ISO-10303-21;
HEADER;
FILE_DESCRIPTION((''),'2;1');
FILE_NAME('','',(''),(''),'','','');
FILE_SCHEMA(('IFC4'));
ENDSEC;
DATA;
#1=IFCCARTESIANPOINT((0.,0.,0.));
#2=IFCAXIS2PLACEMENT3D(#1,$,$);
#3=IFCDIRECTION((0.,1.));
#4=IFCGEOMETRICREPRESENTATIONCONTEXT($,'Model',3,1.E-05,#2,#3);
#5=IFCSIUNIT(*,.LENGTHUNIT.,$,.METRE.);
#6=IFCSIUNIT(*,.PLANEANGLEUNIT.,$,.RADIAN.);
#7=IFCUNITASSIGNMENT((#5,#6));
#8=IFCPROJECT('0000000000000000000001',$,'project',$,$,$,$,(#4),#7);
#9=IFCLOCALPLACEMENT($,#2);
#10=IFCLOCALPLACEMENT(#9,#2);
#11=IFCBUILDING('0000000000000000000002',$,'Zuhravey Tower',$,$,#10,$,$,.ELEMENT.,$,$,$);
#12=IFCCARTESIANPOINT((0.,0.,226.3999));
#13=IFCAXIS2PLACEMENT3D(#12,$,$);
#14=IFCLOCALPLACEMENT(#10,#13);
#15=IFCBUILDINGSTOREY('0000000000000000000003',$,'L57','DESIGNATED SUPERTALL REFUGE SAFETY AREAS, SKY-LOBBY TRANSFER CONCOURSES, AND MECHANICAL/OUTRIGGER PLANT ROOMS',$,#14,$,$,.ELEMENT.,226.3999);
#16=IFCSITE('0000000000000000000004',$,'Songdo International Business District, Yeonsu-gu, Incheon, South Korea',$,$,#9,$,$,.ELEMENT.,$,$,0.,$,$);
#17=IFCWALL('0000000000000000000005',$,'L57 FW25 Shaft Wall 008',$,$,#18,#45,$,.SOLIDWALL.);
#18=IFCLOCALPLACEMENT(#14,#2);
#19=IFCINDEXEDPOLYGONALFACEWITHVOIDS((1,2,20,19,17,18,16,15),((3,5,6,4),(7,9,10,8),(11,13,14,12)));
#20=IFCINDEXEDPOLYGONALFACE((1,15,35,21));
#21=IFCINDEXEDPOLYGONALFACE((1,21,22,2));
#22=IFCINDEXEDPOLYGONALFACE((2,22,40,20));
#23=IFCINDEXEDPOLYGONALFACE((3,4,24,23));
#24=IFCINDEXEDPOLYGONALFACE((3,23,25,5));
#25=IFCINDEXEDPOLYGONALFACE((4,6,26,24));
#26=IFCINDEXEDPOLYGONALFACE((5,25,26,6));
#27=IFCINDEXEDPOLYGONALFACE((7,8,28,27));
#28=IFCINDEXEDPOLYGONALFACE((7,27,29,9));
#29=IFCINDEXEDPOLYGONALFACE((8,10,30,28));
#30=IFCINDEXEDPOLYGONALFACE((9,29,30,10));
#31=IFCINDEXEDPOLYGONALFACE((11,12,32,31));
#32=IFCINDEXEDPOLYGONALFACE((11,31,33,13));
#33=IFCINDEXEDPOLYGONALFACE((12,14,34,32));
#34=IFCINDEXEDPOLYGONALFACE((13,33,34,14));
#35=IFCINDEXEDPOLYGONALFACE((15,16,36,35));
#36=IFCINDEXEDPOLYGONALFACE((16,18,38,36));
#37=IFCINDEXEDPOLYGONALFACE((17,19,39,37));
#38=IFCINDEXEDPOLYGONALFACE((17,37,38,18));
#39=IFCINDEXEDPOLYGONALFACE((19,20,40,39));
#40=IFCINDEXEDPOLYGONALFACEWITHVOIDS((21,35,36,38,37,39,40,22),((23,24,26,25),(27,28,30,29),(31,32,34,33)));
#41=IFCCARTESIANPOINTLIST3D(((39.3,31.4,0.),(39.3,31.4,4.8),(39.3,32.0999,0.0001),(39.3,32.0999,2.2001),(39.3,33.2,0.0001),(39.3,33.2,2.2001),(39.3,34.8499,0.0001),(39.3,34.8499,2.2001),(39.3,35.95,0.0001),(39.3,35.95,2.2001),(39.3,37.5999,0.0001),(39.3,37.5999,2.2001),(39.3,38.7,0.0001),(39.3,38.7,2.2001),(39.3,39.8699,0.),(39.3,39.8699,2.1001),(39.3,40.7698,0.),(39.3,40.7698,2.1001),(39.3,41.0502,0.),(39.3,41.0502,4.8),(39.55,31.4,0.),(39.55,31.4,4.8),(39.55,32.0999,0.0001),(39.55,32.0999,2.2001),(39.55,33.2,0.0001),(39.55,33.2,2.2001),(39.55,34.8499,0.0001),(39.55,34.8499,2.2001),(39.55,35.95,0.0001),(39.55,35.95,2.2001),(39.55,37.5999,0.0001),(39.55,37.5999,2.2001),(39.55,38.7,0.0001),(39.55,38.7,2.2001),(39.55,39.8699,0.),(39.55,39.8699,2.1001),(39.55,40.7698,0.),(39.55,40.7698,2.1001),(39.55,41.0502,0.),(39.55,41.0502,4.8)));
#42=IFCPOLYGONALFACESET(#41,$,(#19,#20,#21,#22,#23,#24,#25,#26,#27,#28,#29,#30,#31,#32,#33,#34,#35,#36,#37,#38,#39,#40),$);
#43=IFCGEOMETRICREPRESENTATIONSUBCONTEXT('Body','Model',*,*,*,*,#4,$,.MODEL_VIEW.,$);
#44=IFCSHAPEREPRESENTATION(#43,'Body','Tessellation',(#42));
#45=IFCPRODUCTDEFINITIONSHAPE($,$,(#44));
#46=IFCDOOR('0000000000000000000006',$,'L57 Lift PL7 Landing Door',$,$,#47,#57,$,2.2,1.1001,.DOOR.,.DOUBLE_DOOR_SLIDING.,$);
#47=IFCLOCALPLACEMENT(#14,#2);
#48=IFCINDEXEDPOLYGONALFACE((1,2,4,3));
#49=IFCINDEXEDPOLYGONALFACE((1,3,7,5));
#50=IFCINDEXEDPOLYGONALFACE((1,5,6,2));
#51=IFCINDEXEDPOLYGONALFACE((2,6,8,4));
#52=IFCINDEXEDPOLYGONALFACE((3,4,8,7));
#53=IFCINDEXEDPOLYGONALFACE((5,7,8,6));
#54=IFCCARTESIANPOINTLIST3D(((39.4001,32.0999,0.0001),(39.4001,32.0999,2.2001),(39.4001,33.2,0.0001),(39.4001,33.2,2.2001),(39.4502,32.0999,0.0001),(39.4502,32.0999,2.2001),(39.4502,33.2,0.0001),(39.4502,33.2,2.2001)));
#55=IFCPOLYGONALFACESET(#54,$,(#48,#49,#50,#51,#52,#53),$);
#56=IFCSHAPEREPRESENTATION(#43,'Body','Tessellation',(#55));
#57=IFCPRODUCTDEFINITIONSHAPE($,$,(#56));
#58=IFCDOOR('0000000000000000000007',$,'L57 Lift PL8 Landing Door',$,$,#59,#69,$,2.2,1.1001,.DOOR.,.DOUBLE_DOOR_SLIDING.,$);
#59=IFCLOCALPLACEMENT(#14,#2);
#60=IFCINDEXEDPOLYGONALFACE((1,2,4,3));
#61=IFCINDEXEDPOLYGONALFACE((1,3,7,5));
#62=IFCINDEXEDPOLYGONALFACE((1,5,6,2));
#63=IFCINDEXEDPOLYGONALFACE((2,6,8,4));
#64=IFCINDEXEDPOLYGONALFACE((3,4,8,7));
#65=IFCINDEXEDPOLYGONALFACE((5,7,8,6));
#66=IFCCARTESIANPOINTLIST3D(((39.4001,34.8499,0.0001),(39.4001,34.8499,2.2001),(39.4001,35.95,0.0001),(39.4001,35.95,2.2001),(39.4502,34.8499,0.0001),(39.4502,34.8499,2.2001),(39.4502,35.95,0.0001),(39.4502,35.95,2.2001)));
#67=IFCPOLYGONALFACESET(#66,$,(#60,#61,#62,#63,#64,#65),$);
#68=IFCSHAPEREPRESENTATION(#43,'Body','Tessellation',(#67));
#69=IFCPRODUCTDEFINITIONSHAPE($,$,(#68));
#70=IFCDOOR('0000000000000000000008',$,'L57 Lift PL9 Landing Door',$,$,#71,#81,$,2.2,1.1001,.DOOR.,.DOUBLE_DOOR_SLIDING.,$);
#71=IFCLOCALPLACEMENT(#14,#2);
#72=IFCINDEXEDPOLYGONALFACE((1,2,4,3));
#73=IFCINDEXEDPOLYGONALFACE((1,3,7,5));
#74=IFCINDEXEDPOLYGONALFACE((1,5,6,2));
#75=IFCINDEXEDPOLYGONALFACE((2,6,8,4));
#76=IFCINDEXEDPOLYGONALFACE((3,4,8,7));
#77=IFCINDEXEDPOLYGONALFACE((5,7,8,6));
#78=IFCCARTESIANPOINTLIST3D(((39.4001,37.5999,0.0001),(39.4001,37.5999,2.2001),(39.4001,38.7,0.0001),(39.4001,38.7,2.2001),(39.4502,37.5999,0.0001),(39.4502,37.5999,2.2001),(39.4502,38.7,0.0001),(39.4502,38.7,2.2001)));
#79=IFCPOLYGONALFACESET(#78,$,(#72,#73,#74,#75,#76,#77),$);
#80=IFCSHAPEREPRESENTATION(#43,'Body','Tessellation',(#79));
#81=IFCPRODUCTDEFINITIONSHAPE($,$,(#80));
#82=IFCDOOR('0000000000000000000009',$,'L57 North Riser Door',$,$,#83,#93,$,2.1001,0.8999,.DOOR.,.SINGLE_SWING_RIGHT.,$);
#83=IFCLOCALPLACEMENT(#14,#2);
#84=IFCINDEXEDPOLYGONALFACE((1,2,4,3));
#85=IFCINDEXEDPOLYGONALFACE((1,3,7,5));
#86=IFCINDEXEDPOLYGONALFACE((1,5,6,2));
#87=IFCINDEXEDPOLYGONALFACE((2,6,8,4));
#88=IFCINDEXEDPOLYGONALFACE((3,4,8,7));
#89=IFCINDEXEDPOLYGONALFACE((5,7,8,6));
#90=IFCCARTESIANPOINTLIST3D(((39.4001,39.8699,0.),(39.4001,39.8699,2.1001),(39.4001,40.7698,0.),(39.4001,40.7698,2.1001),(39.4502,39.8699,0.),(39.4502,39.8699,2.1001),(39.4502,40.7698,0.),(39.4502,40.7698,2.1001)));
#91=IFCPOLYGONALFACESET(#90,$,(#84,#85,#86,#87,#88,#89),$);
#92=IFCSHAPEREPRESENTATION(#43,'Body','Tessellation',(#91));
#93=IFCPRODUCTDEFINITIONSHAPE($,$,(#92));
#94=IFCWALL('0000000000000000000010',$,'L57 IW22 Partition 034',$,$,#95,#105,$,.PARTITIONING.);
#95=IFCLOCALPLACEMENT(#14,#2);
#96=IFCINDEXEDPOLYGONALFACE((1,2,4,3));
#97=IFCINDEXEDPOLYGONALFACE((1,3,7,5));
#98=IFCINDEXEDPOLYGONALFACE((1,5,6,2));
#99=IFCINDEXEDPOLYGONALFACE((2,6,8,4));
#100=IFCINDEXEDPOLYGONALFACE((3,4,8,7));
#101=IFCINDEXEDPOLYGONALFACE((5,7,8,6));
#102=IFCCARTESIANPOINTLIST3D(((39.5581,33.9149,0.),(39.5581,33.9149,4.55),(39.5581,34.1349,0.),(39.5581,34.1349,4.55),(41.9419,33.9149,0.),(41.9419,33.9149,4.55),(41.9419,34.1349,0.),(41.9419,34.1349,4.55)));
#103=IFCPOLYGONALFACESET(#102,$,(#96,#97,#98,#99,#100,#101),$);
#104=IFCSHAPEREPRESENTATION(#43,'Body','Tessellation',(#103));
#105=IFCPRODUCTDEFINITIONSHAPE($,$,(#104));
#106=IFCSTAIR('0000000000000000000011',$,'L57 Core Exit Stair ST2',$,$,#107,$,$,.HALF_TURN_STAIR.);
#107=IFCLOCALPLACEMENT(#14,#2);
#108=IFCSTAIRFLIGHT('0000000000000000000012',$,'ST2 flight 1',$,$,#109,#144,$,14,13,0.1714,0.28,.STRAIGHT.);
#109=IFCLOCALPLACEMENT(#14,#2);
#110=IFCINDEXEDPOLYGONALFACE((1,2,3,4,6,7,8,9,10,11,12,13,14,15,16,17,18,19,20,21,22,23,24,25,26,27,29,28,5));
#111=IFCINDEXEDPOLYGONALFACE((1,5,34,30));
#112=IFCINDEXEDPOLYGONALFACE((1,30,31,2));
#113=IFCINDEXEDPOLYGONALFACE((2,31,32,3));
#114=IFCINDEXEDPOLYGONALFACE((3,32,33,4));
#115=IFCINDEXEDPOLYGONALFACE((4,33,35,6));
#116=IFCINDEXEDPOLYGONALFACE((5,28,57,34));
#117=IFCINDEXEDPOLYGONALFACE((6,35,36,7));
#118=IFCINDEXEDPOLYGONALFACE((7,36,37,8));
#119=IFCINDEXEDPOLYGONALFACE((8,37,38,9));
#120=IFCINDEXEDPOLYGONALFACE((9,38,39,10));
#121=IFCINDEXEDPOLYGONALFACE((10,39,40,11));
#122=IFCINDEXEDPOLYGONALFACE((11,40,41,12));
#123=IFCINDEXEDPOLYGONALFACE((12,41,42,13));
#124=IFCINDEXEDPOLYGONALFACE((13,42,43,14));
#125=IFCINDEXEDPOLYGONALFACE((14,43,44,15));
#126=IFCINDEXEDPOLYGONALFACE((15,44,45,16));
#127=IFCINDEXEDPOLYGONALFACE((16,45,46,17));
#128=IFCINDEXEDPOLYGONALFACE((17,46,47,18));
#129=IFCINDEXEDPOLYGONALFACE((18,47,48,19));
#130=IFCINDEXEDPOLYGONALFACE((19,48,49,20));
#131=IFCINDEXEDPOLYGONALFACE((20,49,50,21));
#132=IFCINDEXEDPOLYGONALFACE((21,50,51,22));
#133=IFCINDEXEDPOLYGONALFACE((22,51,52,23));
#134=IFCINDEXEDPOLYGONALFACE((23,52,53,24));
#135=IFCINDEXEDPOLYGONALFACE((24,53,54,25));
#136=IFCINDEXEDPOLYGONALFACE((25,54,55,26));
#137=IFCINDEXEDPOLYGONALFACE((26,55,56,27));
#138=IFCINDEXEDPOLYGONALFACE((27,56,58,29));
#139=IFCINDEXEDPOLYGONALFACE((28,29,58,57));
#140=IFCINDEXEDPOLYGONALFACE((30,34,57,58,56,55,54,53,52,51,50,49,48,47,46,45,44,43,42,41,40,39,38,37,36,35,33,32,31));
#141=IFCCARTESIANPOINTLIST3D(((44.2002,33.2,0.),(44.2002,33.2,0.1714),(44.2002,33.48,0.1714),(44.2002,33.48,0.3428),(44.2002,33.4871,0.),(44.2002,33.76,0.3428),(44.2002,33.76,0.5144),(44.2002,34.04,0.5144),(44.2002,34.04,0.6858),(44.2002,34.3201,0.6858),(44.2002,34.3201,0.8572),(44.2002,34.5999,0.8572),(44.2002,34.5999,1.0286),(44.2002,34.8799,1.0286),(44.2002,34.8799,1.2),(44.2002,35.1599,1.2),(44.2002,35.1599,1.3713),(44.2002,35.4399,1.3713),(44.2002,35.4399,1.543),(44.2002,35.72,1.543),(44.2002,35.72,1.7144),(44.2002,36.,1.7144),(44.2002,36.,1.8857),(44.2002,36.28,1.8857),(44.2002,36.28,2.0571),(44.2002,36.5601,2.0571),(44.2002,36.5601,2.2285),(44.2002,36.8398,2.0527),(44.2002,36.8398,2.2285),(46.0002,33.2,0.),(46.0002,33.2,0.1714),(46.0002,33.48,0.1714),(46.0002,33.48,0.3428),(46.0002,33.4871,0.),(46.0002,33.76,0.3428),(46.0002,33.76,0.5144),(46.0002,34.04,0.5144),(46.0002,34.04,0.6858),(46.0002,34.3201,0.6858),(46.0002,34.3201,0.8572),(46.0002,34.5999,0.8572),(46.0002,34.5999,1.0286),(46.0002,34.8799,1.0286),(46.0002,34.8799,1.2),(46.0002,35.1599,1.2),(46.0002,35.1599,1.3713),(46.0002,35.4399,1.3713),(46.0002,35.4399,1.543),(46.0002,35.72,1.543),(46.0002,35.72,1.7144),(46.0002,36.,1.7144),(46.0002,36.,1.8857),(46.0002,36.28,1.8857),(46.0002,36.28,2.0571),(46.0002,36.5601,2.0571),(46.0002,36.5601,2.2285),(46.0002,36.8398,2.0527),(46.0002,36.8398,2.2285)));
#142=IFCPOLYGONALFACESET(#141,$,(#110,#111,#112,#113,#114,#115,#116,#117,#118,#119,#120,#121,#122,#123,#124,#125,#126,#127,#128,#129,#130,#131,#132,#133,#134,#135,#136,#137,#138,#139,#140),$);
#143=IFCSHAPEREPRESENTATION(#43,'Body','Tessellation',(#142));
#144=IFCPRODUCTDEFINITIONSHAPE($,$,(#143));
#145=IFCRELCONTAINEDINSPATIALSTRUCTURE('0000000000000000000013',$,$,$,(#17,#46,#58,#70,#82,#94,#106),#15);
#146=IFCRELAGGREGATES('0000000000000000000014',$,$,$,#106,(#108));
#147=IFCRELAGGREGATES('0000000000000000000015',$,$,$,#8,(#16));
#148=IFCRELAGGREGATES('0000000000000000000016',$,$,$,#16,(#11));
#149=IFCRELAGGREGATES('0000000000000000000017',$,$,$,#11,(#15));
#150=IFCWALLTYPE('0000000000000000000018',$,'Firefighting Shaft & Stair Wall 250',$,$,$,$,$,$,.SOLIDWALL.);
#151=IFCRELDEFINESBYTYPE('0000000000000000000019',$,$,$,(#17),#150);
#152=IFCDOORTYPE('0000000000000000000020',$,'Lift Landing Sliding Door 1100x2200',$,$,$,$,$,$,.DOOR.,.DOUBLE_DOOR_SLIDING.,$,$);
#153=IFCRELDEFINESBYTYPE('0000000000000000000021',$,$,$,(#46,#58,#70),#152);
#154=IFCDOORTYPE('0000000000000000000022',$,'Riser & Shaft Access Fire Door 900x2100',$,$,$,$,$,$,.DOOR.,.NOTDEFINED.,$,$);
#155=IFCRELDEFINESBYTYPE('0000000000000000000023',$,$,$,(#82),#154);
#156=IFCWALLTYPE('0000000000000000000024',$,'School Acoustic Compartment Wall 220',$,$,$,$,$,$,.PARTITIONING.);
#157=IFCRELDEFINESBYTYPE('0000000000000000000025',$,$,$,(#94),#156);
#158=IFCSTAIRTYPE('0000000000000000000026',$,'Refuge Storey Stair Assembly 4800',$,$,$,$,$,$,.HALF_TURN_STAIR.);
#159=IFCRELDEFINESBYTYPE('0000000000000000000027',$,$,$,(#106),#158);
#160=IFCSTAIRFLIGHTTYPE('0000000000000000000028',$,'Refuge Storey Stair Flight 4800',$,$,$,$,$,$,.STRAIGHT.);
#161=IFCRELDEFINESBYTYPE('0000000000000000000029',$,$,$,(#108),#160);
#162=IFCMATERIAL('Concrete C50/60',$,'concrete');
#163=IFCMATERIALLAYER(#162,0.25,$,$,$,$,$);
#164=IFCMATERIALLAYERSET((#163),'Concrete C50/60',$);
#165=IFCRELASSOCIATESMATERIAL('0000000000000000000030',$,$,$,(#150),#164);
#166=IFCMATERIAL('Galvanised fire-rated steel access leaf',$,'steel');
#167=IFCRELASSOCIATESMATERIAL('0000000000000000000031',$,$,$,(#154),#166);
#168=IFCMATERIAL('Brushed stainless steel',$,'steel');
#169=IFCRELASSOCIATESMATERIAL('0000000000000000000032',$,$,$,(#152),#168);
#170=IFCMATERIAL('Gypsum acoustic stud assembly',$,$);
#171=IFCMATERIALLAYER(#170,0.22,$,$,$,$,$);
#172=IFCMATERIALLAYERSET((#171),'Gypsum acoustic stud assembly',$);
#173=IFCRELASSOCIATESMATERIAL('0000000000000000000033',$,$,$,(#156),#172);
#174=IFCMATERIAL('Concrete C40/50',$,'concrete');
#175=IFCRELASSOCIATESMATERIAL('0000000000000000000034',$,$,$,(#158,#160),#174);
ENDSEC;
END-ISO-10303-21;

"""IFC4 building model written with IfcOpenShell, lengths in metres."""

from ifc_helpers import new_model, si_unit, direction, frame, frame_2d, origin, place, context, subcontext, project, spatial, polyline, rectangle, outline, extrude, material, layer, layer_set, type_object, element, fill, aggregate, save


model = new_model("IFC4")

# Units and contexts
model_context = context("Model", 3, precision=1e-05, world=origin(), true_north=direction((0.0, 1.0)))
body_context = subcontext(model_context, "Body", "Model", "MODEL_VIEW")
ifc_project = project(units=[si_unit("LENGTHUNIT", "METRE"), si_unit("PLANEANGLEUNIT", "RADIAN")], contexts=[model_context])

# Site, building, storey
site_placement = place(None, origin())
site = spatial("IfcSite", under=ifc_project, at=site_placement, Name="Songdo International Business District, Yeonsu-gu, Incheon, South Korea", CompositionType="ELEMENT", RefElevation=0.0)
building_placement = place(site_placement, origin())
building = spatial("IfcBuilding", under=site, at=building_placement, Name="Zuhravey Tower", CompositionType="ELEMENT")
storey_placement = place(building_placement, frame((0.0, 0.0, 226.3999)))
storey = spatial("IfcBuildingStorey", under=building, at=storey_placement, Name="L57", Description="DESIGNATED SUPERTALL REFUGE SAFETY AREAS, SKY-LOBBY TRANSFER CONCOURSES, AND MECHANICAL/OUTRIGGER PLANT ROOMS", CompositionType="ELEMENT", Elevation=226.3999)

# Shared definitions
ifc_material_1 = material(Name="Concrete C50/60", Category="concrete")
ifc_layer_1 = layer(ifc_material_1, 0.25)
ifc_layer_set_1 = layer_set([ifc_layer_1], Name="Concrete C50/60")
wall_type_1 = type_object("IfcWallType", Name="Firefighting Shaft & Stair Wall 250", PredefinedType="SOLIDWALL", material=ifc_layer_set_1)

# Wall, openings, doors
ifc_material_2 = material(Name="Galvanised fire-rated steel access leaf", Category="steel")
door_type_1 = type_object("IfcDoorType", Name="Riser & Shaft Access Fire Door 900x2100", OperationType="NOTDEFINED", PredefinedType="DOOR", material=ifc_material_2)
wall_1_placement = place(storey_placement, frame((39.425, 31.3999, 0.0), z_axis=(0.0, 0.0, 1.0), x_axis=(0.0, 1.0, 0.0)))
wall_1 = element("IfcWall", 1, at=wall_1_placement, inside=storey, type_object=wall_type_1, Name="L57 FW25 Shaft Wall 008", PredefinedType="SOLIDWALL", context=body_context, shape_type="SweptSolid", body=[
    extrude(rectangle(XDim=9.6501, YDim=0.25, at=frame_2d((4.8252, 0.0))), origin(), (0.0, 0.0, 1.0), 4.8),
])
opening_1_placement = place(wall_1_placement, frame((0.7, 0.0, 0.0)))
opening_1 = element("IfcOpeningElement", 2, at=opening_1_placement, cuts=wall_1, PredefinedType="OPENING", context=body_context, shape_type="SweptSolid", body=[
    extrude(rectangle(XDim=1.1001, YDim=2.2, at=frame_2d((0.55, 1.1001))), frame((0.0, 0.137, 0.0), z_axis=(0.0, -1.0, 0.0), x_axis=(1.0, 0.0, 0.0)), (0.0, 0.0, 1.0), 0.2739),
])
opening_2_placement = place(wall_1_placement, frame((3.45, 0.0, 0.0)))
opening_2 = element("IfcOpeningElement", 3, at=opening_2_placement, cuts=wall_1, PredefinedType="OPENING", context=body_context, shape_type="SweptSolid", body=[
    extrude(rectangle(XDim=1.1001, YDim=2.2, at=frame_2d((0.55, 1.1001))), frame((0.0, 0.137, 0.0), z_axis=(0.0, -1.0, 0.0), x_axis=(1.0, 0.0, 0.0)), (0.0, 0.0, 1.0), 0.2739),
])
opening_3_placement = place(wall_1_placement, frame((6.2, 0.0, 0.0)))
opening_3 = element("IfcOpeningElement", 4, at=opening_3_placement, cuts=wall_1, PredefinedType="OPENING", context=body_context, shape_type="SweptSolid", body=[
    extrude(rectangle(XDim=1.1001, YDim=2.2, at=frame_2d((0.55, 1.1001))), frame((0.0, 0.137, 0.0), z_axis=(0.0, -1.0, 0.0), x_axis=(1.0, 0.0, 0.0)), (0.0, 0.0, 1.0), 0.2739),
])
opening_4_placement = place(wall_1_placement, frame((8.47, 0.0, 0.0)))
opening_4 = element("IfcOpeningElement", 5, at=opening_4_placement, cuts=wall_1, PredefinedType="OPENING", context=body_context, shape_type="SweptSolid", body=[
    extrude(rectangle(XDim=0.8999, YDim=2.1001, at=frame_2d((0.45, 1.05))), frame((0.0, 0.137, 0.0), z_axis=(0.0, -1.0, 0.0), x_axis=(1.0, 0.0, 0.0)), (0.0, 0.0, 1.0), 0.2739),
])
ifc_material_3 = material(Name="Brushed stainless steel", Category="steel")
door_type_2 = type_object("IfcDoorType", Name="Lift Landing Sliding Door 1100x2200", OperationType="DOUBLE_DOOR_SLIDING", PredefinedType="DOOR", material=ifc_material_3)
door_1_placement = place(opening_1_placement, origin())
door_1 = element("IfcDoor", 6, at=door_1_placement, inside=storey, type_object=door_type_2, Name="L57 Lift PL7 Landing Door", OperationType="DOUBLE_DOOR_SLIDING", OverallHeight=2.2, OverallWidth=1.1001, PredefinedType="DOOR", context=body_context, shape_type="SweptSolid", body=[
    extrude(rectangle(XDim=1.1001, YDim=2.2, at=frame_2d((0.55, 1.1001))), frame((0.0, 0.0249, 0.0), z_axis=(0.0, -1.0, 0.0), x_axis=(1.0, 0.0, 0.0)), (0.0, 0.0, 1.0), 0.05),
])
fill(opening_1, door_1)
door_2_placement = place(opening_2_placement, origin())
door_2 = element("IfcDoor", 7, at=door_2_placement, inside=storey, type_object=door_type_2, Name="L57 Lift PL8 Landing Door", OperationType="DOUBLE_DOOR_SLIDING", OverallHeight=2.2, OverallWidth=1.1001, PredefinedType="DOOR", context=body_context, shape_type="SweptSolid", body=[
    extrude(rectangle(XDim=1.1001, YDim=2.2, at=frame_2d((0.55, 1.1001))), frame((0.0, 0.0249, 0.0), z_axis=(0.0, -1.0, 0.0), x_axis=(1.0, 0.0, 0.0)), (0.0, 0.0, 1.0), 0.05),
])
fill(opening_2, door_2)
door_3_placement = place(opening_3_placement, origin())
door_3 = element("IfcDoor", 8, at=door_3_placement, inside=storey, type_object=door_type_2, Name="L57 Lift PL9 Landing Door", OperationType="DOUBLE_DOOR_SLIDING", OverallHeight=2.2, OverallWidth=1.1001, PredefinedType="DOOR", context=body_context, shape_type="SweptSolid", body=[
    extrude(rectangle(XDim=1.1001, YDim=2.2, at=frame_2d((0.55, 1.1001))), frame((0.0, 0.0249, 0.0), z_axis=(0.0, -1.0, 0.0), x_axis=(1.0, 0.0, 0.0)), (0.0, 0.0, 1.0), 0.05),
])
fill(opening_3, door_3)
door_4_placement = place(opening_4_placement, origin())
door_4 = element("IfcDoor", 9, at=door_4_placement, inside=storey, type_object=door_type_1, Name="L57 North Riser Door", OperationType="SINGLE_SWING_RIGHT", OverallHeight=2.1001, OverallWidth=0.8999, PredefinedType="DOOR", context=body_context, shape_type="SweptSolid", body=[
    extrude(rectangle(XDim=0.8999, YDim=2.1001, at=frame_2d((0.45, 1.05))), frame((0.0, 0.0249, 0.0), z_axis=(0.0, -1.0, 0.0), x_axis=(1.0, 0.0, 0.0)), (0.0, 0.0, 1.0), 0.05),
])
fill(opening_4, door_4)

# Wall
ifc_material_4 = material(Name="Gypsum acoustic stud assembly")
ifc_layer_2 = layer(ifc_material_4, 0.22)
ifc_layer_set_2 = layer_set([ifc_layer_2], Name="Gypsum acoustic stud assembly")
wall_type_2 = type_object("IfcWallType", Name="School Acoustic Compartment Wall 220", PredefinedType="PARTITIONING", material=ifc_layer_set_2)
wall_2_placement = place(storey_placement, frame((39.5581, 34.0249, 0.0), z_axis=(0.0, 0.0, 1.0), x_axis=(1.0, 0.0, 0.0)))
element("IfcWall", 10, at=wall_2_placement, inside=storey, type_object=wall_type_2, Name="L57 IW22 Partition 034", PredefinedType="PARTITIONING", context=body_context, shape_type="SweptSolid", body=[
    extrude(rectangle(XDim=2.3838, YDim=0.22, at=frame_2d((1.1919, 0.0))), origin(), (0.0, 0.0, 1.0), 4.55),
])

# Stair, stair flight
ifc_material_5 = material(Name="Concrete C40/50", Category="concrete")
stair_type = type_object("IfcStairType", Name="Refuge Storey Stair Assembly 4800", PredefinedType="HALF_TURN_STAIR", material=ifc_material_5)
stair_placement = place(storey_placement, origin())
stair = element("IfcStair", 11, at=stair_placement, inside=storey, type_object=stair_type, Name="L57 Core Exit Stair ST2", PredefinedType="HALF_TURN_STAIR")
stair_flight_type = type_object("IfcStairFlightType", Name="Refuge Storey Stair Flight 4800", PredefinedType="STRAIGHT", material=ifc_material_5)
stair_flight_placement = place(storey_placement, frame((45.1001, 33.2, 0.0), z_axis=(0.0, 0.0, 1.0), x_axis=(0.0, 1.0, 0.0)))
stair_flight = element("IfcStairFlight", 12, at=stair_flight_placement, type_object=stair_flight_type, Name="ST2 flight 1", NumberOfRisers=14, NumberOfTreads=13, PredefinedType="STRAIGHT", RiserHeight=0.1714, TreadLength=0.28, context=body_context, shape_type="SweptSolid", body=[
    extrude(outline(polyline([(0.0, 0.0), (0.0, 0.1714), (0.28, 0.1714), (0.28, 0.3428), (0.5601, 0.3428), (0.5601, 0.5144), (0.8401, 0.5144), (0.8401, 0.6858), (1.1201, 0.6858), (1.1201, 0.8572), (1.3999, 0.8572), (1.3999, 1.0286), (1.6799, 1.0286), (1.6799, 1.2), (1.96, 1.2), (1.96, 1.3713), (2.24, 1.3713), (2.24, 1.543), (2.52, 1.543), (2.52, 1.7144), (2.8, 1.7144), (2.8, 1.8857), (3.0801, 1.8857), (3.0801, 2.0571), (3.3601, 2.0571), (3.3601, 2.2285), (3.6399, 2.2285), (3.6399, 2.3999), (3.6399, 2.0527), (0.2871, 0.0), (0.0, 0.0)])), frame((0.0, 0.8999, 0.0), z_axis=(0.0, -1.0, 0.0), x_axis=(1.0, 0.0, 0.0)), (0.0, 0.0, 1.0), 1.8),
])
aggregate(stair, [stair_flight])

save(model, "model.ifc")
